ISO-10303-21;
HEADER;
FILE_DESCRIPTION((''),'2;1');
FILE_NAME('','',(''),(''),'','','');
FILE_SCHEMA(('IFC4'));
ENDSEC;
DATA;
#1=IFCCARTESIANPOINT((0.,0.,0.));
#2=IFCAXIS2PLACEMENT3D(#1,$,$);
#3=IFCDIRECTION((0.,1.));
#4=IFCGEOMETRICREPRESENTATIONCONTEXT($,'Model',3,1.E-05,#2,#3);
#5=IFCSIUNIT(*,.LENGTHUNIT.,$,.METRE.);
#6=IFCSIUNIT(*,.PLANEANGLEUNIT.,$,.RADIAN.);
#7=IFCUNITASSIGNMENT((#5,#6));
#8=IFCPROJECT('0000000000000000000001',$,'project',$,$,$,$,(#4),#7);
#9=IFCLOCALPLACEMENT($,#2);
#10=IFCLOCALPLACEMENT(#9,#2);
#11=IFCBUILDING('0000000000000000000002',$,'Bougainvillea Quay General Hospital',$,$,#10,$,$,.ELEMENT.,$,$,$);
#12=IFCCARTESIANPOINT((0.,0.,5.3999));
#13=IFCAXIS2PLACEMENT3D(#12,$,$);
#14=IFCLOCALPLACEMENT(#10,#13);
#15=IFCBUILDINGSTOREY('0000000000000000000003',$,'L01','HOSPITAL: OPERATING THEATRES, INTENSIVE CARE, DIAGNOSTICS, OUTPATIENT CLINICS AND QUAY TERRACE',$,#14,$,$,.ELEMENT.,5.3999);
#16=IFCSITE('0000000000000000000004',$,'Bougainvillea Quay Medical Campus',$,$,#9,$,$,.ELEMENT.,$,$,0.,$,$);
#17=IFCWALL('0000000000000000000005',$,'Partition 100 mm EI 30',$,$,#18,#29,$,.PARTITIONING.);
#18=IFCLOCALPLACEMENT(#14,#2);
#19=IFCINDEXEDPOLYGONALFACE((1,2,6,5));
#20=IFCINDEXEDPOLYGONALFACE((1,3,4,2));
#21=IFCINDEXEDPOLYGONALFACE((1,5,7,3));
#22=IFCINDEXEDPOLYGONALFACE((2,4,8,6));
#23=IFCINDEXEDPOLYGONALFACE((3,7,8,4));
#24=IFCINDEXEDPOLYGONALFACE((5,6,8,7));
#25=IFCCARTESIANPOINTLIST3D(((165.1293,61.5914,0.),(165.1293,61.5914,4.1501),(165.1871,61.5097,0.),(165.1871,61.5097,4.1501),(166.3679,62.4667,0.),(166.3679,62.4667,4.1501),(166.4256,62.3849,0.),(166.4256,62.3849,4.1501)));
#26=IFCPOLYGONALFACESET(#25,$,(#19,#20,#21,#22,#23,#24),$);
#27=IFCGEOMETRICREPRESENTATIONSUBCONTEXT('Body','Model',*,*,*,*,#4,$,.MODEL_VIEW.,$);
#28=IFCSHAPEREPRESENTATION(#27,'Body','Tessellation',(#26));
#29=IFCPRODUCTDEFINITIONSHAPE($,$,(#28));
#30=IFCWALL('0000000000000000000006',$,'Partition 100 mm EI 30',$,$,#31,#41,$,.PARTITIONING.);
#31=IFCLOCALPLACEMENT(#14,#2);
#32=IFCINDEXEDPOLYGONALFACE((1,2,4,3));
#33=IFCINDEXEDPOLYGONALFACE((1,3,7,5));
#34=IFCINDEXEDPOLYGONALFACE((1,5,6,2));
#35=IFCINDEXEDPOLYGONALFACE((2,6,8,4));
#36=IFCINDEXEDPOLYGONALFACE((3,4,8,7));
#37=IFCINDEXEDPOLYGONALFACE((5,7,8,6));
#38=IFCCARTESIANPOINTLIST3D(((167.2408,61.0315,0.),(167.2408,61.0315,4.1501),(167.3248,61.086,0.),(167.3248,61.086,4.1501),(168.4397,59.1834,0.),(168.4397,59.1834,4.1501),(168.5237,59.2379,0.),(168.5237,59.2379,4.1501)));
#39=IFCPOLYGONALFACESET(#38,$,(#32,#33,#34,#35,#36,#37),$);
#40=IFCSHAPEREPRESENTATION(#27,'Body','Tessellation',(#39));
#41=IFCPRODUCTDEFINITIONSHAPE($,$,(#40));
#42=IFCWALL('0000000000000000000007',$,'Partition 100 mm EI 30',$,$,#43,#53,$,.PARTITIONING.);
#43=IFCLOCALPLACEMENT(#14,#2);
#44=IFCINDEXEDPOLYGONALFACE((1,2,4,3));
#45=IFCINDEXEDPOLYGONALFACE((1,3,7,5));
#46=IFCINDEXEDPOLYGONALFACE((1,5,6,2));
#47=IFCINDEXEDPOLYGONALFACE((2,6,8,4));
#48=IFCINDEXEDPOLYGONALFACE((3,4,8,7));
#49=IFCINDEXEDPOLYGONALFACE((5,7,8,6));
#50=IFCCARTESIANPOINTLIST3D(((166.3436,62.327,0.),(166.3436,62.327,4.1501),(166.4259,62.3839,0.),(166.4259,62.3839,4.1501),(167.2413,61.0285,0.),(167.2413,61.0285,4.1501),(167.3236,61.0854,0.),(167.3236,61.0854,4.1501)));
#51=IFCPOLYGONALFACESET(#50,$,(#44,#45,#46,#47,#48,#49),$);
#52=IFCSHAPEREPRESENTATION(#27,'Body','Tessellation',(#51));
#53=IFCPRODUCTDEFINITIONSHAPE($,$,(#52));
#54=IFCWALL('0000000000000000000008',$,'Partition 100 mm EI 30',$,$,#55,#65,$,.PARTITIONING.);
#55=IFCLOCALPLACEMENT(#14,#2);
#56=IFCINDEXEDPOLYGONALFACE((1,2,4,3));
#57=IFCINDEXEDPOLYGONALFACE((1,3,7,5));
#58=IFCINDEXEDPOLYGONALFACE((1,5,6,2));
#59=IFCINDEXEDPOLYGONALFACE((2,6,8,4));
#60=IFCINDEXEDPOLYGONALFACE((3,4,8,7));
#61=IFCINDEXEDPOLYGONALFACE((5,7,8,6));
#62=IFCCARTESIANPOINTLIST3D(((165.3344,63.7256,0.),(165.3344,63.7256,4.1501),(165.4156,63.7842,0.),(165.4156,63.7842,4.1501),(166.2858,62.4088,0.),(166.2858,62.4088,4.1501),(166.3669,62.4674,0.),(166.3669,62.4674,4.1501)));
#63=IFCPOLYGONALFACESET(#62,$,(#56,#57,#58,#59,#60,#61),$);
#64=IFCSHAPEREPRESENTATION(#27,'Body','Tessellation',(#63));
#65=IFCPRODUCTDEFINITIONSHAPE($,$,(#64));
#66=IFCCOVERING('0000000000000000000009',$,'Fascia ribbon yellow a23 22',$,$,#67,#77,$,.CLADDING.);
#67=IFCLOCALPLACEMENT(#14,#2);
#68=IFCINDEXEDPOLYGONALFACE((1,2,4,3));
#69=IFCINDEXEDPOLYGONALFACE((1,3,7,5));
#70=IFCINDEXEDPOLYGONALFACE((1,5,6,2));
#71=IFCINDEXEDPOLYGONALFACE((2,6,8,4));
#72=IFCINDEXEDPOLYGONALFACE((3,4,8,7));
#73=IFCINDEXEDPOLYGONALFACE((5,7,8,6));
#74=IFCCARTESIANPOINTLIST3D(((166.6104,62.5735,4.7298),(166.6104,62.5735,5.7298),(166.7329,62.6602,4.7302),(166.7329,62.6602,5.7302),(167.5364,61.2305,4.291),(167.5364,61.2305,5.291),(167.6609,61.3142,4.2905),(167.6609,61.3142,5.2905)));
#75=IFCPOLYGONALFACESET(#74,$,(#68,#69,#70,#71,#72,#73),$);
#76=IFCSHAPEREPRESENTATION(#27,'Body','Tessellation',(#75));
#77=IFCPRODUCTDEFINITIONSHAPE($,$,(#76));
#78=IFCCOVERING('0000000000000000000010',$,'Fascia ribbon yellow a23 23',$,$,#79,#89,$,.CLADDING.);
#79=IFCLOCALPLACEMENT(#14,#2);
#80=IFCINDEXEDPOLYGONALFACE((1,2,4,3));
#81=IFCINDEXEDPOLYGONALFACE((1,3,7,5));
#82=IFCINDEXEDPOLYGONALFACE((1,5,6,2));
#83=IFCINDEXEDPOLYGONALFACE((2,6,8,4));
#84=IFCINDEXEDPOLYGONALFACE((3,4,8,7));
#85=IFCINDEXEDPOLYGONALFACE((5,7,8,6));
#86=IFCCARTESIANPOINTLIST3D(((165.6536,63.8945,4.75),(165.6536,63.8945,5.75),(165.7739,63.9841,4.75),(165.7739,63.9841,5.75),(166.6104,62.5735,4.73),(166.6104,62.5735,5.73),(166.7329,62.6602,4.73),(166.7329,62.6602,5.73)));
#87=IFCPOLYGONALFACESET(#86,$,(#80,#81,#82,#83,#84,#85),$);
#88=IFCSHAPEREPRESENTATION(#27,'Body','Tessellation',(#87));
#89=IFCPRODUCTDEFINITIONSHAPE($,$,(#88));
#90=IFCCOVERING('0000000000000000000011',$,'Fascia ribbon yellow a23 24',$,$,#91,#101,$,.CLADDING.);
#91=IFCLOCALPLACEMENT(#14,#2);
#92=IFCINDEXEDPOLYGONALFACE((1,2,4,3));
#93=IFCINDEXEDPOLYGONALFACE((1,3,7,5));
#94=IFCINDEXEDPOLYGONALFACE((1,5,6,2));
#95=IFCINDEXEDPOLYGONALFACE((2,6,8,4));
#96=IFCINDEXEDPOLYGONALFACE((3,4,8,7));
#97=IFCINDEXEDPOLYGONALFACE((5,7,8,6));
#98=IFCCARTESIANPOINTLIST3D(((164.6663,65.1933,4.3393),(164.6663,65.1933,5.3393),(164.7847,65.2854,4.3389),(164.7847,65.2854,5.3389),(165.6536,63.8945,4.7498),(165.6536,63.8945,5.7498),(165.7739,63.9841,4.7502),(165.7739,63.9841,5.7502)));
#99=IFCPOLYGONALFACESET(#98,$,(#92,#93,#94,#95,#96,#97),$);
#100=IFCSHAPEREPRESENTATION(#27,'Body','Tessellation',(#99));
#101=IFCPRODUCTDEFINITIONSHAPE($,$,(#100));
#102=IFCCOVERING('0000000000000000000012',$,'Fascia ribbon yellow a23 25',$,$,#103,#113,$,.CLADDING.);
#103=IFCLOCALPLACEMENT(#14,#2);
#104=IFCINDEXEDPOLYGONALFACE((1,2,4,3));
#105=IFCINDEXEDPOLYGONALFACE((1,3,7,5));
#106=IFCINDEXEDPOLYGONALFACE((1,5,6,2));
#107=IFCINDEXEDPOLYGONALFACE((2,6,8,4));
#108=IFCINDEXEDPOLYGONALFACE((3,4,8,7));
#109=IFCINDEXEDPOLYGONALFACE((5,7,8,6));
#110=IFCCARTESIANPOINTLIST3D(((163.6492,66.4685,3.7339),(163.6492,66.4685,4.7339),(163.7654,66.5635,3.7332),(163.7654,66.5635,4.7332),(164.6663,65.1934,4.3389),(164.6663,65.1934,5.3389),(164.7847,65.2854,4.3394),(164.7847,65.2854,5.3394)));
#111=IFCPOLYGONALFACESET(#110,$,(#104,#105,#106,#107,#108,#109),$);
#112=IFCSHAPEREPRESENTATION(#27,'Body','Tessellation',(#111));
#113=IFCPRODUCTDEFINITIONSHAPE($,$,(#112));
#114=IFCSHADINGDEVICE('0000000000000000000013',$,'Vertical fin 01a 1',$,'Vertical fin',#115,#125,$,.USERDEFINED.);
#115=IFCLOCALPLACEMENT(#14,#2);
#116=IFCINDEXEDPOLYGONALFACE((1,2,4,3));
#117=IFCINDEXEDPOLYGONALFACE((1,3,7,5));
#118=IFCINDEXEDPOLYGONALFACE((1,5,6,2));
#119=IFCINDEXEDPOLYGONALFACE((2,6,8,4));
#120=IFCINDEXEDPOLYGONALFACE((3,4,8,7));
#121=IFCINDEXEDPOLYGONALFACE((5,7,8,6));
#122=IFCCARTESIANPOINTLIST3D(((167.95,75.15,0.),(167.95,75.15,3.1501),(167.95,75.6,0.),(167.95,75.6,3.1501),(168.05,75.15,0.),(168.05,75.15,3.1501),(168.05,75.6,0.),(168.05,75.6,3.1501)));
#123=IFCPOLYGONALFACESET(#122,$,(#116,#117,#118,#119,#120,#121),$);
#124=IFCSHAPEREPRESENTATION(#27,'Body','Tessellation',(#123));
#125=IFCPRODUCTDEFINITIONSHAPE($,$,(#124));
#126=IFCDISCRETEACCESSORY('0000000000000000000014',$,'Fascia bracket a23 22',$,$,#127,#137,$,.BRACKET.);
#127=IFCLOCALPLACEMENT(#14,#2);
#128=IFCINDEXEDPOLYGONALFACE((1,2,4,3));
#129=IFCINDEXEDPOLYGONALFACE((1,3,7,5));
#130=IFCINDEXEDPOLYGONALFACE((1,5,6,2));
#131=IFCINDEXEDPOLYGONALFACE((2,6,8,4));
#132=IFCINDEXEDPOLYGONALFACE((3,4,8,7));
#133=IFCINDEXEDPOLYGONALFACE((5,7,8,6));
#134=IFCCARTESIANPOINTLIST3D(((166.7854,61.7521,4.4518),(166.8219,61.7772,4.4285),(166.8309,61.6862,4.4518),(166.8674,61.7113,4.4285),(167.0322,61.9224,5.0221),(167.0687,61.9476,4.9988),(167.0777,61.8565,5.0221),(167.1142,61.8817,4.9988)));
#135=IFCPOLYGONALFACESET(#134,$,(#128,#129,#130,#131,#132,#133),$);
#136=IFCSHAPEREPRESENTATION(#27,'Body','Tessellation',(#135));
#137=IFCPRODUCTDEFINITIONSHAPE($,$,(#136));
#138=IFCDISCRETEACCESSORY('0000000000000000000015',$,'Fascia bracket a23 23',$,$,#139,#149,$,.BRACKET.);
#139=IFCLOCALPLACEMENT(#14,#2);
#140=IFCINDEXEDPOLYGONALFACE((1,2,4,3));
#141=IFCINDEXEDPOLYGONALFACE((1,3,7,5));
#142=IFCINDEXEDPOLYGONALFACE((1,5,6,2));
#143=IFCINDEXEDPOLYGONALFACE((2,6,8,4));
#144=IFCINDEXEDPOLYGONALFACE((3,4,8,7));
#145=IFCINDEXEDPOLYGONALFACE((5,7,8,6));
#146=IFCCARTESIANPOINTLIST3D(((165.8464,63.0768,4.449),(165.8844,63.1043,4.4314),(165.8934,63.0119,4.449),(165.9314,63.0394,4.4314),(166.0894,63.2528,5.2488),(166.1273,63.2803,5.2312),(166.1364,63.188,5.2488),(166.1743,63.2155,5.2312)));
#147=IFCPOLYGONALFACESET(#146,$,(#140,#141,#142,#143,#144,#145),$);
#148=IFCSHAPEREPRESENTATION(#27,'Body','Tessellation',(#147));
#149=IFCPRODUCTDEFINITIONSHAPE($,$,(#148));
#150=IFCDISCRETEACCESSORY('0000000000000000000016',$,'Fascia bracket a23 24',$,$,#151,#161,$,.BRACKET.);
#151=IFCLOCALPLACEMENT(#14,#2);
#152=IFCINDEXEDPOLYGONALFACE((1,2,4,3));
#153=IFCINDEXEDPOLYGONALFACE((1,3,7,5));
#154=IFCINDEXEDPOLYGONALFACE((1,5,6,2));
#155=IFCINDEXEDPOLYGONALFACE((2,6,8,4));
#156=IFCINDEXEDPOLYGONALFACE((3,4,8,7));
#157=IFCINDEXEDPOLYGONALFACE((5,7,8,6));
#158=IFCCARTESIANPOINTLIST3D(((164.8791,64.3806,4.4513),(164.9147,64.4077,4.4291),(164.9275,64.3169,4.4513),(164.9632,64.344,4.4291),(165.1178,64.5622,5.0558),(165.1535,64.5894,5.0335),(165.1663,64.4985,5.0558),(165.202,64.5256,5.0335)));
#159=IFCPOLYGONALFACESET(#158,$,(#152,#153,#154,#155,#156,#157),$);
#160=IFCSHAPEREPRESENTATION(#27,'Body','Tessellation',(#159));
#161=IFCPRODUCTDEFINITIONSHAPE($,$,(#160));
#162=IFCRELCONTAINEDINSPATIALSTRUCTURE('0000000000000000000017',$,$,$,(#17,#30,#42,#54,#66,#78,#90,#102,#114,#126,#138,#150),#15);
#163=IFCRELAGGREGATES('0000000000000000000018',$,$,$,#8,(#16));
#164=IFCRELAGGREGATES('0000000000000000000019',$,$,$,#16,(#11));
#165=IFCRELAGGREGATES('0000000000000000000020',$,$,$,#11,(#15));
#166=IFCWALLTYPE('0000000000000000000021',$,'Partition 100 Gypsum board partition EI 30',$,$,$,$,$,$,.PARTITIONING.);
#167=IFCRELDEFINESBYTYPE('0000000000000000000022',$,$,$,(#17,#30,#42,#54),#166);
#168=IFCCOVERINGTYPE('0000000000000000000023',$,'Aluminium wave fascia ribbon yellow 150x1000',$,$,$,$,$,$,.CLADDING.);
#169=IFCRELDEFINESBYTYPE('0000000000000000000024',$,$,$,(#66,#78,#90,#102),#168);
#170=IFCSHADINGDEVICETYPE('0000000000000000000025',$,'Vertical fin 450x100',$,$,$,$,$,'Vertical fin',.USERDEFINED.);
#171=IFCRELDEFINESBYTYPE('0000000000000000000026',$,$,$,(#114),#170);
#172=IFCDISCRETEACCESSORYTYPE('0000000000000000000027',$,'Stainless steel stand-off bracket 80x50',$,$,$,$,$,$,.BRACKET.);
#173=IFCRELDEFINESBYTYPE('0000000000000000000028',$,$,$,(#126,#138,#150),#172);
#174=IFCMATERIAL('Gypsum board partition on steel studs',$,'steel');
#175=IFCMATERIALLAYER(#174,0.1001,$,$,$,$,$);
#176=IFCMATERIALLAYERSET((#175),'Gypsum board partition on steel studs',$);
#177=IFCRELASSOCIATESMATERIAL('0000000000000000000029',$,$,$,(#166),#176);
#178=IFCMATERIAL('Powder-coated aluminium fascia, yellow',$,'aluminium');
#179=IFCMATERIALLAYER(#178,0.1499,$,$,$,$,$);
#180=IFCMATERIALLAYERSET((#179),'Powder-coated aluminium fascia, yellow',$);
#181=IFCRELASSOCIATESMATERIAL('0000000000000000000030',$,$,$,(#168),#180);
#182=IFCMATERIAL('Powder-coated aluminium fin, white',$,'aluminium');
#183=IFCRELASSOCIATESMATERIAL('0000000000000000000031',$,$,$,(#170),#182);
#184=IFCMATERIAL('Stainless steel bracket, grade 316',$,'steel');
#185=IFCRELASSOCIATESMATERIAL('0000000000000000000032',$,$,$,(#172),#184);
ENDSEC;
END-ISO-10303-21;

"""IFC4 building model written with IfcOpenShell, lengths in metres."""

from ifc_helpers import new_model, si_unit, direction, frame, frame_2d, origin, origin_2d, place, context, subcontext, project, spatial, polyline, rectangle, outline, extrude, material, layer, layer_set, material_profile, profile_set, type_object, element, save


model = new_model("IFC4")

# Units and contexts
model_context = context("Model", 3, precision=1e-05, world=origin(), true_north=direction((0.0, 1.0)))
body_context = subcontext(model_context, "Body", "Model", "MODEL_VIEW")
ifc_project = project(units=[si_unit("LENGTHUNIT", "METRE"), si_unit("PLANEANGLEUNIT", "RADIAN")], contexts=[model_context])

# Site, building, storey
site_placement = place(None, origin())
site = spatial("IfcSite", under=ifc_project, at=site_placement, Name="Bougainvillea Quay Medical Campus", CompositionType="ELEMENT", RefElevation=0.0)
building_placement = place(site_placement, origin())
building = spatial("IfcBuilding", under=site, at=building_placement, Name="Bougainvillea Quay General Hospital", CompositionType="ELEMENT")
storey_placement = place(building_placement, frame((0.0, 0.0, 5.3999)))
storey = spatial("IfcBuildingStorey", under=building, at=storey_placement, Name="L01", Description="HOSPITAL: OPERATING THEATRES, INTENSIVE CARE, DIAGNOSTICS, OUTPATIENT CLINICS AND QUAY TERRACE", CompositionType="ELEMENT", Elevation=5.3999)

# Walls
ifc_material_1 = material(Name="Gypsum board partition on steel studs", Category="steel")
ifc_layer_1 = layer(ifc_material_1, 0.1001)
ifc_layer_set_1 = layer_set([ifc_layer_1], Name="Gypsum board partition on steel studs")
wall_type = type_object("IfcWallType", Name="Partition 100 Gypsum board partition EI 30", PredefinedType="PARTITIONING", material=ifc_layer_set_1)
wall_1_placement = place(storey_placement, frame((165.1582, 61.5505, 0.0), z_axis=(0.0, 0.0, 1.0), x_axis=(0.81666, 0.577119, 0.0)))
element("IfcWall", 1, at=wall_1_placement, inside=storey, type_object=wall_type, Name="Partition 100 mm EI 30", PredefinedType="PARTITIONING", context=body_context, shape_type="SweptSolid", body=[
    extrude(rectangle(XDim=1.5166, YDim=0.1001, at=frame_2d((0.7583, 0.0))), origin(), (0.0, 0.0, 1.0), 4.1501),
])
wall_2_placement = place(storey_placement, frame((167.2827, 61.0588, 0.0), z_axis=(0.0, 0.0, 1.0), x_axis=(0.544248, -0.838924, 0.0)))
element("IfcWall", 2, at=wall_2_placement, inside=storey, type_object=wall_type, Name="Partition 100 mm EI 30", PredefinedType="PARTITIONING", context=body_context, shape_type="SweptSolid", body=[
    extrude(rectangle(XDim=2.2029, YDim=0.1001, at=frame_2d((1.1016, 0.0))), origin(), (0.0, 0.0, 1.0), 4.1501),
])
wall_3_placement = place(storey_placement, frame((166.3848, 62.3555, 0.0), z_axis=(0.0, 0.0, 1.0), x_axis=(0.568647, -0.822582, 0.0)))
element("IfcWall", 3, at=wall_3_placement, inside=storey, type_object=wall_type, Name="Partition 100 mm EI 30", PredefinedType="PARTITIONING", context=body_context, shape_type="SweptSolid", body=[
    extrude(rectangle(XDim=1.5786, YDim=0.1001, at=frame_2d((0.7893, 0.0))), origin(), (0.0, 0.0, 1.0), 4.1501),
])
wall_4_placement = place(storey_placement, frame((165.375, 63.7549, 0.0), z_axis=(0.0, 0.0, 1.0), x_axis=(0.585622, -0.810584, 0.0)))
element("IfcWall", 4, at=wall_4_placement, inside=storey, type_object=wall_type, Name="Partition 100 mm EI 30", PredefinedType="PARTITIONING", context=body_context, shape_type="SweptSolid", body=[
    extrude(rectangle(XDim=1.6245, YDim=0.1001, at=frame_2d((0.8123, 0.0))), origin(), (0.0, 0.0, 1.0), 4.1501),
])

# Coverings
ifc_material_2 = material(Name="Powder-coated aluminium fascia, yellow", Category="aluminium")
ifc_layer_2 = layer(ifc_material_2, 0.1499)
ifc_layer_set_2 = layer_set([ifc_layer_2], Name="Powder-coated aluminium fascia, yellow")
covering_type = type_object("IfcCoveringType", Name="Aluminium wave fascia ribbon yellow 150x1000", PredefinedType="CLADDING", material=ifc_layer_set_2)
covering_1_placement = place(storey_placement, frame((167.5364, 61.2305, 4.291), z_axis=(0.147459, -0.213794, 0.965685), x_axis=(-0.548174, 0.795018, 0.259716)))
element("IfcCovering", 5, at=covering_1_placement, inside=storey, type_object=covering_type, Name="Fascia ribbon yellow a23 22", PredefinedType="CLADDING", context=body_context, shape_type="SweptSolid", body=[
    extrude(outline(polyline([(0.0, 0.0), (1.6893, 0.0), (1.6911, -0.1501), (-0.0018, -0.15), (0.0, 0.0)])), origin(), (0.259716, 0.000036, 0.965685), 1.0),
])
covering_2_placement = place(storey_placement, frame((166.6104, 62.5735, 4.73), z_axis=(0.0072, -0.009922, 0.999925), x_axis=(-0.586533, 0.809832, 0.012259)))
element("IfcCovering", 6, at=covering_2_placement, inside=storey, type_object=covering_type, Name="Fascia ribbon yellow a23 23", PredefinedType="CLADDING", context=body_context, shape_type="SweptSolid", body=[
    extrude(outline(polyline([(0.0, 0.0), (1.6313, 0.0), (1.6332, -0.15), (-0.0017, -0.1501), (0.0, 0.0)])), origin(), (0.012259, 0.000011, 0.999925), 1.0),
])
covering_3_placement = place(storey_placement, frame((165.6536, 63.8945, 4.7498), z_axis=(-0.147733, 0.194198, 0.969774), x_axis=(-0.586868, 0.772042, -0.244004)))
element("IfcCovering", 7, at=covering_3_placement, inside=storey, type_object=covering_type, Name="Fascia ribbon yellow a23 24", PredefinedType="CLADDING", context=body_context, shape_type="SweptSolid", body=[
    extrude(outline(polyline([(0.0, 0.0), (1.6823, 0.0), (1.684, -0.15), (-0.0016, -0.15), (0.0, 0.0)])), origin(), (-0.244004, -0.000088, 0.969774), 1.0),
])
covering_4_placement = place(storey_placement, frame((164.6663, 65.1934, 4.3389), z_axis=(-0.216139, 0.272385, 0.937598), x_axis=(-0.584651, 0.732989, -0.34772)))
element("IfcCovering", 8, at=covering_4_placement, inside=storey, type_object=covering_type, Name="Fascia ribbon yellow a23 25", PredefinedType="CLADDING", context=body_context, shape_type="SweptSolid", body=[
    extrude(outline(polyline([(0.0, 0.0), (1.7397, 0.0), (1.7416, -0.1501), (-0.0019, -0.15), (0.0, 0.0)])), origin(), (-0.34772, 0.000823, 0.937598), 1.0),
])

# Shading device
ifc_material_3 = material(Name="Powder-coated aluminium fin, white", Category="aluminium")
ifc_material_profile_1 = material_profile(ifc_material_3, rectangle(XDim=0.45, YDim=0.1001, at=origin_2d()))
ifc_profile_set_1 = profile_set([ifc_material_profile_1], Name="Powder-coated aluminium fin, white")
shading_device_type = type_object("IfcShadingDeviceType", Name="Vertical fin 450x100", ElementType="Vertical fin", PredefinedType="USERDEFINED", material=ifc_profile_set_1)
shading_device_placement = place(storey_placement, frame((168.0, 75.375, 0.0), z_axis=(0.0, 0.0, 1.0), x_axis=(0.0, -1.0, 0.0)))
element("IfcShadingDevice", 9, at=shading_device_placement, inside=storey, type_object=shading_device_type, Name="Vertical fin 01a 1", ObjectType="Vertical fin", PredefinedType="USERDEFINED", context=body_context, shape_type="SweptSolid", body=[
    extrude(rectangle(XDim=0.45, YDim=0.1001, at=origin_2d()), origin(), (0.0, 0.0, 1.0), 3.1501),
])

# Discrete accessories
ifc_material_4 = material(Name="Stainless steel bracket, grade 316", Category="steel")
ifc_material_profile_2 = material_profile(ifc_material_4, rectangle(XDim=0.0801, YDim=0.05, at=origin_2d()))
ifc_profile_set_2 = profile_set([ifc_material_profile_2], Name="Stainless steel bracket, grade 316")
discrete_accessory_type = type_object("IfcDiscreteAccessoryType", Name="Stainless steel stand-off bracket 80x50", PredefinedType="BRACKET", material=ifc_profile_set_2)
discrete_accessory_1_placement = place(storey_placement, frame((166.8264, 61.7317, 4.4402), z_axis=(0.383047, 0.264458, 0.885063), x_axis=(-0.568151, 0.822924, 0.0)))
element("IfcDiscreteAccessory", 10, at=discrete_accessory_1_placement, inside=storey, type_object=discrete_accessory_type, Name="Fascia bracket a23 22", PredefinedType="BRACKET", context=body_context, shape_type="SweptSolid", body=[
    extrude(rectangle(XDim=0.0801, YDim=0.05, at=origin_2d()), origin(), (0.0, 0.0, 1.0), 0.6443),
])
discrete_accessory_2_placement = place(storey_placement, frame((165.8889, 63.0581, 4.4402), z_axis=(0.284378, 0.206067, 0.936304), x_axis=(-0.586768, 0.809755, 0.0)))
element("IfcDiscreteAccessory", 11, at=discrete_accessory_2_placement, inside=storey, type_object=discrete_accessory_type, Name="Fascia bracket a23 23", PredefinedType="BRACKET", context=body_context, shape_type="SweptSolid", body=[
    extrude(rectangle(XDim=0.0801, YDim=0.05, at=origin_2d()), origin(), (0.0, 0.0, 1.0), 0.8542),
])
discrete_accessory_3_placement = place(storey_placement, frame((164.9211, 64.3623, 4.4402), z_axis=(0.353814, 0.269159, 0.89575), x_axis=(-0.605455, 0.79588, 0.0)))
element("IfcDiscreteAccessory", 12, at=discrete_accessory_3_placement, inside=storey, type_object=discrete_accessory_type, Name="Fascia bracket a23 24", PredefinedType="BRACKET", context=body_context, shape_type="SweptSolid", body=[
    extrude(rectangle(XDim=0.0801, YDim=0.05, at=origin_2d()), origin(), (0.0, 0.0, 1.0), 0.6748),
])

save(model, "model.ifc")
